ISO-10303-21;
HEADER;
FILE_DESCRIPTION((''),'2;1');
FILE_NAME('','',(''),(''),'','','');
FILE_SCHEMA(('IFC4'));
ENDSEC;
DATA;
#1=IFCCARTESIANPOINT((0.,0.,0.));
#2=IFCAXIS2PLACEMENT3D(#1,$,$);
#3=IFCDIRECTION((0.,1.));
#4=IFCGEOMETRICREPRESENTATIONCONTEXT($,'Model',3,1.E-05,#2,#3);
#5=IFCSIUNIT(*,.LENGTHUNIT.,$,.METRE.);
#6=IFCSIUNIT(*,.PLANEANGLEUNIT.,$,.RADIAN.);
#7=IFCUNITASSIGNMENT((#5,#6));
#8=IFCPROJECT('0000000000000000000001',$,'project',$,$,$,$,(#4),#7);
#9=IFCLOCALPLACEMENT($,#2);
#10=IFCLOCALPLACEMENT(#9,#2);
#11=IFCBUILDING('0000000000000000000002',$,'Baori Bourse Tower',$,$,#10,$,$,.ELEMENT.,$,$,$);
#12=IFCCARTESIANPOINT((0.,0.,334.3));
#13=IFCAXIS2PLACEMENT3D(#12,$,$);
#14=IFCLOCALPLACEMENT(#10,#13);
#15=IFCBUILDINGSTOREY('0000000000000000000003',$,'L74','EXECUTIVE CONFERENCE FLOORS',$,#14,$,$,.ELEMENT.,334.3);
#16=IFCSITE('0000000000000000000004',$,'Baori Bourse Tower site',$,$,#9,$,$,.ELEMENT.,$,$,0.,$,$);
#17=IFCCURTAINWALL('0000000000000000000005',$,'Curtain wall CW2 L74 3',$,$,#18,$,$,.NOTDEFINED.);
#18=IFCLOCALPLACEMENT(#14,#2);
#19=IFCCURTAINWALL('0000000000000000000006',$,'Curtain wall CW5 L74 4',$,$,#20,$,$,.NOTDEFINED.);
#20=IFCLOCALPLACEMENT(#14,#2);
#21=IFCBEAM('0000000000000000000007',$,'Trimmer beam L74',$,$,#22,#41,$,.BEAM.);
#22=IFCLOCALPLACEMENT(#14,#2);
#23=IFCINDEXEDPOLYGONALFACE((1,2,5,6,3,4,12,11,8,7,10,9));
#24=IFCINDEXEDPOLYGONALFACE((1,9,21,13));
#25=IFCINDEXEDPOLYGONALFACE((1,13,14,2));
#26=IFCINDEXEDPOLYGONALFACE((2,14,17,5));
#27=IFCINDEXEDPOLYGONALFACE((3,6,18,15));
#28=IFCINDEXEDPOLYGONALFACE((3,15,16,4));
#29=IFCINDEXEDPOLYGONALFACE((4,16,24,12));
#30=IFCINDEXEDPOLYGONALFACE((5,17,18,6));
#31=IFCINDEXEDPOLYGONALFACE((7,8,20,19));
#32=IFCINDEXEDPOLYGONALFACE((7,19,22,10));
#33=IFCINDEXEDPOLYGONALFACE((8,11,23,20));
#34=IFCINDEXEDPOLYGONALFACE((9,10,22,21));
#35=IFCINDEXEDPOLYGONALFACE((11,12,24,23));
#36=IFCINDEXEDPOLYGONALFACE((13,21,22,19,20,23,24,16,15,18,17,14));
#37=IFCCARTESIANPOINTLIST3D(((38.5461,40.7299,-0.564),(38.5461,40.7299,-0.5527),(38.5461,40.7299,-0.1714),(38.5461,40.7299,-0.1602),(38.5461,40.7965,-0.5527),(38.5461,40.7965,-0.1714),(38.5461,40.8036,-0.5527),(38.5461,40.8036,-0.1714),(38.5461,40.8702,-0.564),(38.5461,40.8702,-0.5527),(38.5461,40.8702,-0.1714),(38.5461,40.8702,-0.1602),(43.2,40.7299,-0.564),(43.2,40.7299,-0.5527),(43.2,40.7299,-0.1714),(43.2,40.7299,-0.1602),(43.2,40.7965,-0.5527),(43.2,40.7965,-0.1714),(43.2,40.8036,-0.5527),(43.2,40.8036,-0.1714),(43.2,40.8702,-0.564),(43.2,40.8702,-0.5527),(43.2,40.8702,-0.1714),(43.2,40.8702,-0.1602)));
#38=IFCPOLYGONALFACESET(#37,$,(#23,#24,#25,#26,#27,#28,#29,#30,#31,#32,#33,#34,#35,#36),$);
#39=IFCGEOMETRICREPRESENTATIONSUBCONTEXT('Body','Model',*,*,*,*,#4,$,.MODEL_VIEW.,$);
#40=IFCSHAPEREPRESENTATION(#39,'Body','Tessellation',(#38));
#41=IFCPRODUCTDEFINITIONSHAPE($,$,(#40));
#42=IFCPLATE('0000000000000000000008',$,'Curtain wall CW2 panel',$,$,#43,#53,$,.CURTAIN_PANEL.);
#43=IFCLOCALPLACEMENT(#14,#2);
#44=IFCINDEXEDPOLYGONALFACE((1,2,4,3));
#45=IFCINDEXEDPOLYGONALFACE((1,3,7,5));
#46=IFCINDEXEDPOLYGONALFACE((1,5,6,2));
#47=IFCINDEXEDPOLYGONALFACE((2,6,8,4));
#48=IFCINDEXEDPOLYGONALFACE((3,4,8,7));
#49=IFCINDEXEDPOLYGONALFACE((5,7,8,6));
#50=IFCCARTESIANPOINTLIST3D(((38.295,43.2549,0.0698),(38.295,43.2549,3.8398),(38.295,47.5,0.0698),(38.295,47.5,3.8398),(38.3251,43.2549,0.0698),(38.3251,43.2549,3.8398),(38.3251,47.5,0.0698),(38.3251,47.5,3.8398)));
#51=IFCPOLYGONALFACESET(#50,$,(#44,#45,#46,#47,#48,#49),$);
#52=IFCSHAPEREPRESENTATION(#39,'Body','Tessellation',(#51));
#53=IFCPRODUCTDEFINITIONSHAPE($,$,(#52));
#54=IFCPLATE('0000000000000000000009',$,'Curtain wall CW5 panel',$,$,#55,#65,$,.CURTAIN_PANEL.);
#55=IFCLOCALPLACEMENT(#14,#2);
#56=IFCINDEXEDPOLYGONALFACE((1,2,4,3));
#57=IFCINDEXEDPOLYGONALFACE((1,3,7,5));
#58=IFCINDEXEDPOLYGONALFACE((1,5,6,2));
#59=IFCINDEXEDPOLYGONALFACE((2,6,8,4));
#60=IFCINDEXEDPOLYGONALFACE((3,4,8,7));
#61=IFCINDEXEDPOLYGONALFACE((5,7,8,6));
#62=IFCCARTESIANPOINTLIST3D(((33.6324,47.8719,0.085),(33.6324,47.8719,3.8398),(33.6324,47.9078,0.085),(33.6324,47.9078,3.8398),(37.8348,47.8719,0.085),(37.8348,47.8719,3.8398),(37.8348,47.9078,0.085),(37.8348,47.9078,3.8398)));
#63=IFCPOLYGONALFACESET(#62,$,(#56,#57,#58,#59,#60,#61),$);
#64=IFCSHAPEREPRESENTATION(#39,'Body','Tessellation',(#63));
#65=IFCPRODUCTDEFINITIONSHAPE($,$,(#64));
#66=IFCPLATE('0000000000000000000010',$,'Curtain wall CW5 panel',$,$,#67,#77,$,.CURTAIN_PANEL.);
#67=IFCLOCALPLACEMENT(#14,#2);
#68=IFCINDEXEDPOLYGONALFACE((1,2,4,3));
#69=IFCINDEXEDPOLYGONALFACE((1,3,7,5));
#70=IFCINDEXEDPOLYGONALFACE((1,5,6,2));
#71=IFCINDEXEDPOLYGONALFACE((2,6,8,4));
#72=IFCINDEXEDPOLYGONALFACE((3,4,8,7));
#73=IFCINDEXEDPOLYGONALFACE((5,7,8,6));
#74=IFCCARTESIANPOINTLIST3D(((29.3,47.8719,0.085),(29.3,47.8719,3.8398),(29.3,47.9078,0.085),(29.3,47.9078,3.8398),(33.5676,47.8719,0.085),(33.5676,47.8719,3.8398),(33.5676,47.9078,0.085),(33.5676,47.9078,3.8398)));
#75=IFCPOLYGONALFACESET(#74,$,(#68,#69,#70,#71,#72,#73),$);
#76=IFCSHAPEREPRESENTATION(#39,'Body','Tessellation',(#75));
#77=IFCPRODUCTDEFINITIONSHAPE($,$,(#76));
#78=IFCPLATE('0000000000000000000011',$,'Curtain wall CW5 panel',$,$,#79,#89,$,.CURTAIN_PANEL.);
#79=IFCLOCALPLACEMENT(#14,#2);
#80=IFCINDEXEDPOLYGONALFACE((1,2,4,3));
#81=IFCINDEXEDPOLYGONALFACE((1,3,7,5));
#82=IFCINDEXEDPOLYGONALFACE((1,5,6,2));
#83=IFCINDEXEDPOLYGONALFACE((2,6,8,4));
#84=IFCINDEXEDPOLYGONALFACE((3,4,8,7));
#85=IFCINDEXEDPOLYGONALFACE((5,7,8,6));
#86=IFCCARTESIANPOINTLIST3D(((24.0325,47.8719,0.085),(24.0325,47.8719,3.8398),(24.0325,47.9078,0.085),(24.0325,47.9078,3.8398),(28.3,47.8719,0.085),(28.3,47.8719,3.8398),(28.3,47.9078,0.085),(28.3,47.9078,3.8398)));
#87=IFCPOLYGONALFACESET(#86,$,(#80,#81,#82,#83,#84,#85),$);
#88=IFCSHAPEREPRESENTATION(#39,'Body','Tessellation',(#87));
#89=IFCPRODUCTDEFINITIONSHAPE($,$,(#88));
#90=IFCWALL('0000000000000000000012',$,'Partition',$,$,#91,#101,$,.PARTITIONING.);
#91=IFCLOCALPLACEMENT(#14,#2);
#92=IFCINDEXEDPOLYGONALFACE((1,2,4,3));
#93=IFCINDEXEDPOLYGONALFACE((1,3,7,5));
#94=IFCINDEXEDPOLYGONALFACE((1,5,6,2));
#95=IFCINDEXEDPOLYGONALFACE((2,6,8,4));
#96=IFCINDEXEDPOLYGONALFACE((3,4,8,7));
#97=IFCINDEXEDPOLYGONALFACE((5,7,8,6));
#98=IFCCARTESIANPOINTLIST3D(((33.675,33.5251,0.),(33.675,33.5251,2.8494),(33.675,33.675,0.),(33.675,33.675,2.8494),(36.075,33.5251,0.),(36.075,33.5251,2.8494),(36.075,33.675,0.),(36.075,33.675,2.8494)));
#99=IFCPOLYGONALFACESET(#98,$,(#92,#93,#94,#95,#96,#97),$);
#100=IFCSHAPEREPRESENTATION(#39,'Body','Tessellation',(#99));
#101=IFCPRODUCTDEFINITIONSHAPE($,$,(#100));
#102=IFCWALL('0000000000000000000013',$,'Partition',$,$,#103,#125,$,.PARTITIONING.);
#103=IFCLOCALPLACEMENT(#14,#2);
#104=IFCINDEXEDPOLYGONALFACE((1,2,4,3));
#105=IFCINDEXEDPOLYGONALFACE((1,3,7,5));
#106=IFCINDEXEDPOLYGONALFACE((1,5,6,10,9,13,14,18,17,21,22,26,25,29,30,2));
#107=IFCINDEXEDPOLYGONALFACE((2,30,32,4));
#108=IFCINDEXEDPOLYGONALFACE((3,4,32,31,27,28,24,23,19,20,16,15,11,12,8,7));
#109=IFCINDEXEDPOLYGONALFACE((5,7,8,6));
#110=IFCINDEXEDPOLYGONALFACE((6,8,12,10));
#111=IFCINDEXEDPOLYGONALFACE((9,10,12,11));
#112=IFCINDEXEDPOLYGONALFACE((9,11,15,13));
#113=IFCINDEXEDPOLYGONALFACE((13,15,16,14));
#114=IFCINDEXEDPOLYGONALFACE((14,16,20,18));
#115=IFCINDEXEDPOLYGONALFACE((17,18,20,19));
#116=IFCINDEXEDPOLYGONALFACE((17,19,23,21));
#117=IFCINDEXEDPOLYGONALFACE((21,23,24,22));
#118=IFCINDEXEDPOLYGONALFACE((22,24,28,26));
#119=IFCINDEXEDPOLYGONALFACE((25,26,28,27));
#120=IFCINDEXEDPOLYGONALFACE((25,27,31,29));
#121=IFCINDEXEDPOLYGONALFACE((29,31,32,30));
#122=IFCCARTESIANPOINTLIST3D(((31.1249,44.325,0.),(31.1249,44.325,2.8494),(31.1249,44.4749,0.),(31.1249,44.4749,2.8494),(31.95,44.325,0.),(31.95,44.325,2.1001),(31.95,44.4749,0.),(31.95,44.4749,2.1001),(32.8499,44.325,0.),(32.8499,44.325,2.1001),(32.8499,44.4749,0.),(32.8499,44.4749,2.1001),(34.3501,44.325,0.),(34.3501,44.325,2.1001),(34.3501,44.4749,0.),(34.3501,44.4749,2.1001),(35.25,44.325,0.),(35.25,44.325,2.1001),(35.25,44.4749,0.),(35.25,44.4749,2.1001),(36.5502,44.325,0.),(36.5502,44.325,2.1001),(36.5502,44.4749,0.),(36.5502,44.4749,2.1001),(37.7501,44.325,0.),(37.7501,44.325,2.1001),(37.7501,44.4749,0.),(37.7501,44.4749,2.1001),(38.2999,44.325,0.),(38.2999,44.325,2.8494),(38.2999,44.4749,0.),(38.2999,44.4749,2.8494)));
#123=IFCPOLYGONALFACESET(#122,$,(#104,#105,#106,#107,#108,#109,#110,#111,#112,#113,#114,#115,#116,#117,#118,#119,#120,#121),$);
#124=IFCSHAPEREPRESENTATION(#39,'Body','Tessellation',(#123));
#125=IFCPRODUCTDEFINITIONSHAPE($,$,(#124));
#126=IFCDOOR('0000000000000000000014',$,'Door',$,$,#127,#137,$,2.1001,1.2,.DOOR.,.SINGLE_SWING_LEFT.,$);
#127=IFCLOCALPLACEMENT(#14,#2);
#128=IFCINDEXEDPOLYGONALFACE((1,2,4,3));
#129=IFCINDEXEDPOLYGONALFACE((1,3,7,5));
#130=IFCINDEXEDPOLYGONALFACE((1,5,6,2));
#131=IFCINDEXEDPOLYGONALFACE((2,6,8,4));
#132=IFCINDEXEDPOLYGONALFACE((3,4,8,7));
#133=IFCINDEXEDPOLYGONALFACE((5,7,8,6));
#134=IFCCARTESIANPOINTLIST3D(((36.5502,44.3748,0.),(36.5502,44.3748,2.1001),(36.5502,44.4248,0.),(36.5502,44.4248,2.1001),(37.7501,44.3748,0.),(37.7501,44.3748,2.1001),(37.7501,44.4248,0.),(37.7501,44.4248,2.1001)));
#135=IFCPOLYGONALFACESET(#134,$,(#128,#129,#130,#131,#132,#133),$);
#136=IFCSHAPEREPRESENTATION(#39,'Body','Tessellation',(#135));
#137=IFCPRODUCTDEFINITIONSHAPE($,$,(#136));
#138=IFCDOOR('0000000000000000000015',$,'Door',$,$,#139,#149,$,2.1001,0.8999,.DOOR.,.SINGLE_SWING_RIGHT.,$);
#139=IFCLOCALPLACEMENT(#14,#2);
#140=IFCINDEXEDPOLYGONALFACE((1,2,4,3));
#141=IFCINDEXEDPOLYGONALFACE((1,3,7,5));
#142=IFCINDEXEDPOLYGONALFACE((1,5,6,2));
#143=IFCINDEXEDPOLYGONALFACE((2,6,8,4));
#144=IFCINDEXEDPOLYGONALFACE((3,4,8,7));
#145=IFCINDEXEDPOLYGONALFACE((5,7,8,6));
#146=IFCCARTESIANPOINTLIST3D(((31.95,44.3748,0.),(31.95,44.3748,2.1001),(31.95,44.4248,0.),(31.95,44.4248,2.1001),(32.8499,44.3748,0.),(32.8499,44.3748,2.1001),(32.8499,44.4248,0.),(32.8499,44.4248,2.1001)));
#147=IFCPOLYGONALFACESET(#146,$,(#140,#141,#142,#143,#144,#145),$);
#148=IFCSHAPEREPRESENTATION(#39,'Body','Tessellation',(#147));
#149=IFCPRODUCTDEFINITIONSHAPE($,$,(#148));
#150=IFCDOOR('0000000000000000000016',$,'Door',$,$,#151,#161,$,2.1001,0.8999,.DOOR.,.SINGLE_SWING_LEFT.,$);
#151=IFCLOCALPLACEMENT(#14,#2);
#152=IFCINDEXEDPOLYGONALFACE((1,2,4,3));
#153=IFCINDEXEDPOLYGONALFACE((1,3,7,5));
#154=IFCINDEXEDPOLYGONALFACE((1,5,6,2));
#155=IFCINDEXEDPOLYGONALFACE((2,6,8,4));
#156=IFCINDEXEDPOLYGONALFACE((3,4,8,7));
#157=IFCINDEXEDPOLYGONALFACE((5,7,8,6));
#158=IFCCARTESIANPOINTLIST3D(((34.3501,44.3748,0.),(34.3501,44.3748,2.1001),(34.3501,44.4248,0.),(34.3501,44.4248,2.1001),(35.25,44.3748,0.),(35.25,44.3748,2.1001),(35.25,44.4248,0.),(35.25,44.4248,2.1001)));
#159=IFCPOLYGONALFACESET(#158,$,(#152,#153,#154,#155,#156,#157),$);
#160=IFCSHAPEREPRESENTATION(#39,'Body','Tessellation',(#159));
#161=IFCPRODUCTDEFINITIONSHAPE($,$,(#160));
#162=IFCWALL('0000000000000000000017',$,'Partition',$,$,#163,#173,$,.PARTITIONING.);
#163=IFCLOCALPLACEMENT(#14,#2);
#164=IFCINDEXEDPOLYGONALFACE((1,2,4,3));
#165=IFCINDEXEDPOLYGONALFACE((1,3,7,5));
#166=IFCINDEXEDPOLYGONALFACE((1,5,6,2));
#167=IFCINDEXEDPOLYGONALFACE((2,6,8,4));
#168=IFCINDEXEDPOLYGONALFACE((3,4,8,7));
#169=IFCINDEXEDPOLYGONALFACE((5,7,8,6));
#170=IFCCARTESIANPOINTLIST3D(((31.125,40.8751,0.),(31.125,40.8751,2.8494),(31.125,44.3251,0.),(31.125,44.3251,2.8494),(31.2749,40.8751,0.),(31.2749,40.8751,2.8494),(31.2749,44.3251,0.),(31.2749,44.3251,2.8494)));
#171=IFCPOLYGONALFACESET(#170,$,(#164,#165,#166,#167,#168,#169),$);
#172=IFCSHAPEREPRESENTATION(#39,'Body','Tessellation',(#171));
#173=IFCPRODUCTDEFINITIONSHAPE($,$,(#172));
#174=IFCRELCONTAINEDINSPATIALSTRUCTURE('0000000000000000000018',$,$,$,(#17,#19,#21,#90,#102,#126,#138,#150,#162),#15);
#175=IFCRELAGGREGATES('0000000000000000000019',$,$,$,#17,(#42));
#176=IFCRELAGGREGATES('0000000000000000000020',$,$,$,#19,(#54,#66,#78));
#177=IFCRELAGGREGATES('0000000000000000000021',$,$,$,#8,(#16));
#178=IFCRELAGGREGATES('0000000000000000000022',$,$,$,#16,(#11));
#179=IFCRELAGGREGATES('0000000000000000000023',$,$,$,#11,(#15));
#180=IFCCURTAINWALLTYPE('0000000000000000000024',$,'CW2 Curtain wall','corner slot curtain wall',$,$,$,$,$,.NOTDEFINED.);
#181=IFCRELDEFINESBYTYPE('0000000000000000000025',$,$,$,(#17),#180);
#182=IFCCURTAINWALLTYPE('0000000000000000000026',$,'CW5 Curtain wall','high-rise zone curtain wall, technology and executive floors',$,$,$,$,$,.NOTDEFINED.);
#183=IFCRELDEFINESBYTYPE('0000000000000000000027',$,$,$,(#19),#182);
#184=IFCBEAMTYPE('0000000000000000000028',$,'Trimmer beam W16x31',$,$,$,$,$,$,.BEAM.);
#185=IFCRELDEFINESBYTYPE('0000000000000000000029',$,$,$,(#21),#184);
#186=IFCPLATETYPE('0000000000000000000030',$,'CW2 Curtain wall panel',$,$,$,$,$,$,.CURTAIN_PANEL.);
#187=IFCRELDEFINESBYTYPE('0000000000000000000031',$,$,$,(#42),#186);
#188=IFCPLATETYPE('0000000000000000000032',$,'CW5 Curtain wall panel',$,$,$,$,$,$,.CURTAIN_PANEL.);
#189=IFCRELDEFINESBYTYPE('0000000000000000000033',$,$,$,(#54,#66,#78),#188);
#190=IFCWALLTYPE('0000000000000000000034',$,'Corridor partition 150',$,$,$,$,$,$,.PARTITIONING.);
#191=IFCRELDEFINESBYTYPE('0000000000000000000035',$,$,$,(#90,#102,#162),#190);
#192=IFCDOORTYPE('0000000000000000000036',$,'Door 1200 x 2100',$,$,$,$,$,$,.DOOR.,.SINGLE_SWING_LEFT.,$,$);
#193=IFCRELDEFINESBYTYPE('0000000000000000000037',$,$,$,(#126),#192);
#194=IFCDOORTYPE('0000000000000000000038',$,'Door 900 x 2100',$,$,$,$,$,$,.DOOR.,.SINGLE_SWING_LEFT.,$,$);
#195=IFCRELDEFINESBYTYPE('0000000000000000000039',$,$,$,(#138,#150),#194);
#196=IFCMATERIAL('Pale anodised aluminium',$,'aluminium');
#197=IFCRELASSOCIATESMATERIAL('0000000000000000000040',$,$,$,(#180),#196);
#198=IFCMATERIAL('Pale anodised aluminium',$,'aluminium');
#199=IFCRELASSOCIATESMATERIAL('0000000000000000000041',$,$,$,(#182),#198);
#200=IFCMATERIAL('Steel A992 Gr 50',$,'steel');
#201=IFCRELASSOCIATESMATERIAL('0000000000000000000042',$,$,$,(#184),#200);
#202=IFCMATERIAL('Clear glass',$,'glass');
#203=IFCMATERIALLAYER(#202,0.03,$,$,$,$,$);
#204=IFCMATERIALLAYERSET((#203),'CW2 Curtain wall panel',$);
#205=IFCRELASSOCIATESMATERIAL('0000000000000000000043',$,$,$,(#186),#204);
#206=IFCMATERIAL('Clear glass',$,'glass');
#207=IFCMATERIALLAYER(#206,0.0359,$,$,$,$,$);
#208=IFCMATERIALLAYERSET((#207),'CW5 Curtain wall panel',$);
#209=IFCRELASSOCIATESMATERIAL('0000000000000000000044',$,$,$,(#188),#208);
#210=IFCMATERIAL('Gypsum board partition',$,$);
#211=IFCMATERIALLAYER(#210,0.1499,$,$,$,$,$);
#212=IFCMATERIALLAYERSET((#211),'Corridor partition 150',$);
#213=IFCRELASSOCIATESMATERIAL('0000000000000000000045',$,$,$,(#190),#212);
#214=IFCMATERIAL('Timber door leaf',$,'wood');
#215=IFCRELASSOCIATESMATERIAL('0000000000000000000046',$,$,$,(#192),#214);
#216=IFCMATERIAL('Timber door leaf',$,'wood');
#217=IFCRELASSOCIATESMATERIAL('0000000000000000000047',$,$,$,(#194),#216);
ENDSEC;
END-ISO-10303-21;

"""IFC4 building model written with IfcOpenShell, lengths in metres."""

from ifc_helpers import new_model, si_unit, direction, frame, frame_2d, origin, origin_2d, place, context, subcontext, project, spatial, rectangle, i_section, extrude, material, layer, layer_set, material_profile, profile_set, type_object, element, fill, aggregate, save


model = new_model("IFC4")

# Units and contexts
model_context = context("Model", 3, precision=1e-05, world=origin(), true_north=direction((0.0, 1.0)))
body_context = subcontext(model_context, "Body", "Model", "MODEL_VIEW")
ifc_project = project(units=[si_unit("LENGTHUNIT", "METRE"), si_unit("PLANEANGLEUNIT", "RADIAN")], contexts=[model_context])

# Site, building, storey
site_placement = place(None, origin())
site = spatial("IfcSite", under=ifc_project, at=site_placement, Name="Baori Bourse Tower site", CompositionType="ELEMENT", RefElevation=0.0)
building_placement = place(site_placement, origin())
building = spatial("IfcBuilding", under=site, at=building_placement, Name="Baori Bourse Tower", CompositionType="ELEMENT")
storey_placement = place(building_placement, frame((0.0, 0.0, 334.3)))
storey = spatial("IfcBuildingStorey", under=building, at=storey_placement, Name="L74", Description="EXECUTIVE CONFERENCE FLOORS", CompositionType="ELEMENT", Elevation=334.3)

# Curtain walls
ifc_material_1 = material(Name="Pale anodised aluminium", Category="aluminium")
curtain_wall_type_1 = type_object("IfcCurtainWallType", Name="CW2 Curtain wall", Description="corner slot curtain wall", PredefinedType="NOTDEFINED", material=ifc_material_1)
curtain_wall_1_placement = place(storey_placement, origin())
curtain_wall_1 = element("IfcCurtainWall", 1, at=curtain_wall_1_placement, inside=storey, type_object=curtain_wall_type_1, Name="Curtain wall CW2 L74 3", PredefinedType="NOTDEFINED")
ifc_material_2 = material(Name="Pale anodised aluminium", Category="aluminium")
curtain_wall_type_2 = type_object("IfcCurtainWallType", Name="CW5 Curtain wall", Description="high-rise zone curtain wall, technology and executive floors", PredefinedType="NOTDEFINED", material=ifc_material_2)
curtain_wall_2_placement = place(storey_placement, origin())
curtain_wall_2 = element("IfcCurtainWall", 2, at=curtain_wall_2_placement, inside=storey, type_object=curtain_wall_type_2, Name="Curtain wall CW5 L74 4", PredefinedType="NOTDEFINED")

# Beam
ifc_material_3 = material(Name="Steel A992 Gr 50", Category="steel")
ifc_material_profile_1 = material_profile(ifc_material_3, i_section(OverallWidth=0.1404, OverallDepth=0.4038, WebThickness=0.0071, FlangeThickness=0.0112, at=origin_2d()), Name="W16x31")
ifc_profile_set_1 = profile_set([ifc_material_profile_1], Name="Steel A992 Gr 50")
beam_type_1 = type_object("IfcBeamType", Name="Trimmer beam W16x31", PredefinedType="BEAM", material=ifc_profile_set_1)
beam_1_placement = place(storey_placement, frame((38.5461, 40.8, -0.3621), z_axis=(1.0, 0.0, 0.0), x_axis=(0.0, 1.0, 0.0)))
element("IfcBeam", 3, at=beam_1_placement, inside=storey, type_object=beam_type_1, Name="Trimmer beam L74", PredefinedType="BEAM", context=body_context, shape_type="SweptSolid", body=[
    extrude(i_section(OverallWidth=0.1404, OverallDepth=0.4038, WebThickness=0.0071, FlangeThickness=0.0112, at=origin_2d()), origin(), (0.0, 0.0, 1.0), 4.6538),
])

# Plates
ifc_material_4 = material(Name="Clear glass", Category="glass")
ifc_layer_1 = layer(ifc_material_4, 0.03)
ifc_layer_set_1 = layer_set([ifc_layer_1], Name="CW2 Curtain wall panel")
plate_type_1 = type_object("IfcPlateType", Name="CW2 Curtain wall panel", PredefinedType="CURTAIN_PANEL", material=ifc_layer_set_1)
plate_1_placement = place(storey_placement, frame((38.3101, 45.3774, 0.0698), z_axis=(0.0, 0.0, 1.0), x_axis=(0.0, 1.0, 0.0)))
plate_1 = element("IfcPlate", 4, at=plate_1_placement, type_object=plate_type_1, Name="Curtain wall CW2 panel", PredefinedType="CURTAIN_PANEL", context=body_context, shape_type="SweptSolid", body=[
    extrude(rectangle(XDim=4.2451, YDim=0.03, at=origin_2d()), origin(), (0.0, 0.0, 1.0), 3.77),
])
aggregate(curtain_wall_1, [plate_1])
ifc_material_5 = material(Name="Clear glass", Category="glass")
ifc_layer_2 = layer(ifc_material_5, 0.0359)
ifc_layer_set_2 = layer_set([ifc_layer_2], Name="CW5 Curtain wall panel")
plate_type_2 = type_object("IfcPlateType", Name="CW5 Curtain wall panel", PredefinedType="CURTAIN_PANEL", material=ifc_layer_set_2)
plate_2_placement = place(storey_placement, frame((35.7336, 47.8899, 0.085), z_axis=(0.0, 0.0, 1.0), x_axis=(-1.0, 0.0, 0.0)))
plate_2 = element("IfcPlate", 5, at=plate_2_placement, type_object=plate_type_2, Name="Curtain wall CW5 panel", PredefinedType="CURTAIN_PANEL", context=body_context, shape_type="SweptSolid", body=[
    extrude(rectangle(XDim=4.2024, YDim=0.0359, at=origin_2d()), origin(), (0.0, 0.0, 1.0), 3.7549),
])
plate_3_placement = place(storey_placement, frame((31.4338, 47.8899, 0.085), z_axis=(0.0, 0.0, 1.0), x_axis=(-1.0, 0.0, 0.0)))
plate_3 = element("IfcPlate", 6, at=plate_3_placement, type_object=plate_type_2, Name="Curtain wall CW5 panel", PredefinedType="CURTAIN_PANEL", context=body_context, shape_type="SweptSolid", body=[
    extrude(rectangle(XDim=4.2676, YDim=0.0359, at=origin_2d()), origin(), (0.0, 0.0, 1.0), 3.7549),
])
plate_4_placement = place(storey_placement, frame((26.1663, 47.8899, 0.085), z_axis=(0.0, 0.0, 1.0), x_axis=(-1.0, 0.0, 0.0)))
plate_4 = element("IfcPlate", 7, at=plate_4_placement, type_object=plate_type_2, Name="Curtain wall CW5 panel", PredefinedType="CURTAIN_PANEL", context=body_context, shape_type="SweptSolid", body=[
    extrude(rectangle(XDim=4.2676, YDim=0.0359, at=origin_2d()), origin(), (0.0, 0.0, 1.0), 3.7549),
])
aggregate(curtain_wall_2, [plate_2, plate_3, plate_4])

# Wall
ifc_material_6 = material(Name="Gypsum board partition")
ifc_layer_3 = layer(ifc_material_6, 0.1499)
ifc_layer_set_3 = layer_set([ifc_layer_3], Name="Corridor partition 150")
wall_type_1 = type_object("IfcWallType", Name="Corridor partition 150", PredefinedType="PARTITIONING", material=ifc_layer_set_3)
wall_1_placement = place(storey_placement, frame((33.675, 33.6001, 0.0), z_axis=(0.0, 0.0, 1.0), x_axis=(1.0, 0.0, 0.0)))
element("IfcWall", 8, at=wall_1_placement, inside=storey, type_object=wall_type_1, Name="Partition", PredefinedType="PARTITIONING", context=body_context, shape_type="SweptSolid", body=[
    extrude(rectangle(XDim=2.3999, YDim=0.1499, at=frame_2d((1.2, 0.0))), origin(), (0.0, 0.0, 1.0), 2.8494),
])

# Wall, openings, doors
wall_2_placement = place(storey_placement, frame((31.125, 44.3999, 0.0), z_axis=(0.0, 0.0, 1.0), x_axis=(1.0, 0.0, 0.0)))
wall_2 = element("IfcWall", 9, at=wall_2_placement, inside=storey, type_object=wall_type_1, Name="Partition", PredefinedType="PARTITIONING", context=body_context, shape_type="SweptSolid", body=[
    extrude(rectangle(XDim=7.175, YDim=0.1499, at=frame_2d((3.5874, 0.0))), origin(), (0.0, 0.0, 1.0), 2.8494),
])
opening_1_placement = place(wall_2_placement, frame((0.825, 0.0, 0.0)))
opening_1 = element("IfcOpeningElement", 10, at=opening_1_placement, cuts=wall_2, PredefinedType="OPENING", context=body_context, shape_type="SweptSolid", body=[
    extrude(rectangle(XDim=0.8999, YDim=2.1001, at=frame_2d((0.45, 1.05))), frame((0.0, 0.085, 0.0), z_axis=(0.0, -1.0, 0.0), x_axis=(1.0, 0.0, 0.0)), (0.0, 0.0, 1.0), 0.1699),
])
opening_2_placement = place(wall_2_placement, frame((3.2251, 0.0, 0.0)))
opening_2 = element("IfcOpeningElement", 11, at=opening_2_placement, cuts=wall_2, PredefinedType="OPENING", context=body_context, shape_type="SweptSolid", body=[
    extrude(rectangle(XDim=0.8999, YDim=2.1001, at=frame_2d((0.45, 1.05))), frame((0.0, 0.085, 0.0), z_axis=(0.0, -1.0, 0.0), x_axis=(1.0, 0.0, 0.0)), (0.0, 0.0, 1.0), 0.1699),
])
opening_3_placement = place(wall_2_placement, frame((5.425, 0.0, 0.0)))
opening_3 = element("IfcOpeningElement", 12, at=opening_3_placement, cuts=wall_2, PredefinedType="OPENING", context=body_context, shape_type="SweptSolid", body=[
    extrude(rectangle(XDim=1.2, YDim=2.1001, at=frame_2d((0.6001, 1.05))), frame((0.0, 0.085, 0.0), z_axis=(0.0, -1.0, 0.0), x_axis=(1.0, 0.0, 0.0)), (0.0, 0.0, 1.0), 0.1699),
])
ifc_material_7 = material(Name="Timber door leaf", Category="wood")
door_type_1 = type_object("IfcDoorType", Name="Door 1200 x 2100", OperationType="SINGLE_SWING_LEFT", PredefinedType="DOOR", material=ifc_material_7)
door_1_placement = place(opening_3_placement, origin())
door_1 = element("IfcDoor", 13, at=door_1_placement, inside=storey, type_object=door_type_1, Name="Door", OperationType="SINGLE_SWING_LEFT", OverallHeight=2.1001, OverallWidth=1.2, PredefinedType="DOOR", context=body_context, shape_type="SweptSolid", body=[
    extrude(rectangle(XDim=1.2, YDim=2.1001, at=frame_2d((0.6001, 1.05))), frame((0.0, 0.0249, 0.0), z_axis=(0.0, -1.0, 0.0), x_axis=(1.0, 0.0, 0.0)), (0.0, 0.0, 1.0), 0.05),
])
fill(opening_3, door_1)
ifc_material_8 = material(Name="Timber door leaf", Category="wood")
door_type_2 = type_object("IfcDoorType", Name="Door 900 x 2100", OperationType="SINGLE_SWING_LEFT", PredefinedType="DOOR", material=ifc_material_8)
door_2_placement = place(opening_1_placement, origin())
door_2 = element("IfcDoor", 14, at=door_2_placement, inside=storey, type_object=door_type_2, Name="Door", OperationType="SINGLE_SWING_RIGHT", OverallHeight=2.1001, OverallWidth=0.8999, PredefinedType="DOOR", context=body_context, shape_type="SweptSolid", body=[
    extrude(rectangle(XDim=0.8999, YDim=2.1001, at=frame_2d((0.45, 1.05))), frame((0.0, 0.0249, 0.0), z_axis=(0.0, -1.0, 0.0), x_axis=(1.0, 0.0, 0.0)), (0.0, 0.0, 1.0), 0.05),
])
fill(opening_1, door_2)
door_3_placement = place(opening_2_placement, origin())
door_3 = element("IfcDoor", 15, at=door_3_placement, inside=storey, type_object=door_type_2, Name="Door", OperationType="SINGLE_SWING_LEFT", OverallHeight=2.1001, OverallWidth=0.8999, PredefinedType="DOOR", context=body_context, shape_type="SweptSolid", body=[
    extrude(rectangle(XDim=0.8999, YDim=2.1001, at=frame_2d((0.45, 1.05))), frame((0.0, 0.0249, 0.0), z_axis=(0.0, -1.0, 0.0), x_axis=(1.0, 0.0, 0.0)), (0.0, 0.0, 1.0), 0.05),
])
fill(opening_2, door_3)

# Wall
wall_3_placement = place(storey_placement, frame((31.2, 40.875, 0.0), z_axis=(0.0, 0.0, 1.0), x_axis=(0.0, 1.0, 0.0)))
element("IfcWall", 16, at=wall_3_placement, inside=storey, type_object=wall_type_1, Name="Partition", PredefinedType="PARTITIONING", context=body_context, shape_type="SweptSolid", body=[
    extrude(rectangle(XDim=3.45, YDim=0.1499, at=frame_2d((1.7251, 0.0))), origin(), (0.0, 0.0, 1.0), 2.8494),
])

save(model, "model.ifc")
